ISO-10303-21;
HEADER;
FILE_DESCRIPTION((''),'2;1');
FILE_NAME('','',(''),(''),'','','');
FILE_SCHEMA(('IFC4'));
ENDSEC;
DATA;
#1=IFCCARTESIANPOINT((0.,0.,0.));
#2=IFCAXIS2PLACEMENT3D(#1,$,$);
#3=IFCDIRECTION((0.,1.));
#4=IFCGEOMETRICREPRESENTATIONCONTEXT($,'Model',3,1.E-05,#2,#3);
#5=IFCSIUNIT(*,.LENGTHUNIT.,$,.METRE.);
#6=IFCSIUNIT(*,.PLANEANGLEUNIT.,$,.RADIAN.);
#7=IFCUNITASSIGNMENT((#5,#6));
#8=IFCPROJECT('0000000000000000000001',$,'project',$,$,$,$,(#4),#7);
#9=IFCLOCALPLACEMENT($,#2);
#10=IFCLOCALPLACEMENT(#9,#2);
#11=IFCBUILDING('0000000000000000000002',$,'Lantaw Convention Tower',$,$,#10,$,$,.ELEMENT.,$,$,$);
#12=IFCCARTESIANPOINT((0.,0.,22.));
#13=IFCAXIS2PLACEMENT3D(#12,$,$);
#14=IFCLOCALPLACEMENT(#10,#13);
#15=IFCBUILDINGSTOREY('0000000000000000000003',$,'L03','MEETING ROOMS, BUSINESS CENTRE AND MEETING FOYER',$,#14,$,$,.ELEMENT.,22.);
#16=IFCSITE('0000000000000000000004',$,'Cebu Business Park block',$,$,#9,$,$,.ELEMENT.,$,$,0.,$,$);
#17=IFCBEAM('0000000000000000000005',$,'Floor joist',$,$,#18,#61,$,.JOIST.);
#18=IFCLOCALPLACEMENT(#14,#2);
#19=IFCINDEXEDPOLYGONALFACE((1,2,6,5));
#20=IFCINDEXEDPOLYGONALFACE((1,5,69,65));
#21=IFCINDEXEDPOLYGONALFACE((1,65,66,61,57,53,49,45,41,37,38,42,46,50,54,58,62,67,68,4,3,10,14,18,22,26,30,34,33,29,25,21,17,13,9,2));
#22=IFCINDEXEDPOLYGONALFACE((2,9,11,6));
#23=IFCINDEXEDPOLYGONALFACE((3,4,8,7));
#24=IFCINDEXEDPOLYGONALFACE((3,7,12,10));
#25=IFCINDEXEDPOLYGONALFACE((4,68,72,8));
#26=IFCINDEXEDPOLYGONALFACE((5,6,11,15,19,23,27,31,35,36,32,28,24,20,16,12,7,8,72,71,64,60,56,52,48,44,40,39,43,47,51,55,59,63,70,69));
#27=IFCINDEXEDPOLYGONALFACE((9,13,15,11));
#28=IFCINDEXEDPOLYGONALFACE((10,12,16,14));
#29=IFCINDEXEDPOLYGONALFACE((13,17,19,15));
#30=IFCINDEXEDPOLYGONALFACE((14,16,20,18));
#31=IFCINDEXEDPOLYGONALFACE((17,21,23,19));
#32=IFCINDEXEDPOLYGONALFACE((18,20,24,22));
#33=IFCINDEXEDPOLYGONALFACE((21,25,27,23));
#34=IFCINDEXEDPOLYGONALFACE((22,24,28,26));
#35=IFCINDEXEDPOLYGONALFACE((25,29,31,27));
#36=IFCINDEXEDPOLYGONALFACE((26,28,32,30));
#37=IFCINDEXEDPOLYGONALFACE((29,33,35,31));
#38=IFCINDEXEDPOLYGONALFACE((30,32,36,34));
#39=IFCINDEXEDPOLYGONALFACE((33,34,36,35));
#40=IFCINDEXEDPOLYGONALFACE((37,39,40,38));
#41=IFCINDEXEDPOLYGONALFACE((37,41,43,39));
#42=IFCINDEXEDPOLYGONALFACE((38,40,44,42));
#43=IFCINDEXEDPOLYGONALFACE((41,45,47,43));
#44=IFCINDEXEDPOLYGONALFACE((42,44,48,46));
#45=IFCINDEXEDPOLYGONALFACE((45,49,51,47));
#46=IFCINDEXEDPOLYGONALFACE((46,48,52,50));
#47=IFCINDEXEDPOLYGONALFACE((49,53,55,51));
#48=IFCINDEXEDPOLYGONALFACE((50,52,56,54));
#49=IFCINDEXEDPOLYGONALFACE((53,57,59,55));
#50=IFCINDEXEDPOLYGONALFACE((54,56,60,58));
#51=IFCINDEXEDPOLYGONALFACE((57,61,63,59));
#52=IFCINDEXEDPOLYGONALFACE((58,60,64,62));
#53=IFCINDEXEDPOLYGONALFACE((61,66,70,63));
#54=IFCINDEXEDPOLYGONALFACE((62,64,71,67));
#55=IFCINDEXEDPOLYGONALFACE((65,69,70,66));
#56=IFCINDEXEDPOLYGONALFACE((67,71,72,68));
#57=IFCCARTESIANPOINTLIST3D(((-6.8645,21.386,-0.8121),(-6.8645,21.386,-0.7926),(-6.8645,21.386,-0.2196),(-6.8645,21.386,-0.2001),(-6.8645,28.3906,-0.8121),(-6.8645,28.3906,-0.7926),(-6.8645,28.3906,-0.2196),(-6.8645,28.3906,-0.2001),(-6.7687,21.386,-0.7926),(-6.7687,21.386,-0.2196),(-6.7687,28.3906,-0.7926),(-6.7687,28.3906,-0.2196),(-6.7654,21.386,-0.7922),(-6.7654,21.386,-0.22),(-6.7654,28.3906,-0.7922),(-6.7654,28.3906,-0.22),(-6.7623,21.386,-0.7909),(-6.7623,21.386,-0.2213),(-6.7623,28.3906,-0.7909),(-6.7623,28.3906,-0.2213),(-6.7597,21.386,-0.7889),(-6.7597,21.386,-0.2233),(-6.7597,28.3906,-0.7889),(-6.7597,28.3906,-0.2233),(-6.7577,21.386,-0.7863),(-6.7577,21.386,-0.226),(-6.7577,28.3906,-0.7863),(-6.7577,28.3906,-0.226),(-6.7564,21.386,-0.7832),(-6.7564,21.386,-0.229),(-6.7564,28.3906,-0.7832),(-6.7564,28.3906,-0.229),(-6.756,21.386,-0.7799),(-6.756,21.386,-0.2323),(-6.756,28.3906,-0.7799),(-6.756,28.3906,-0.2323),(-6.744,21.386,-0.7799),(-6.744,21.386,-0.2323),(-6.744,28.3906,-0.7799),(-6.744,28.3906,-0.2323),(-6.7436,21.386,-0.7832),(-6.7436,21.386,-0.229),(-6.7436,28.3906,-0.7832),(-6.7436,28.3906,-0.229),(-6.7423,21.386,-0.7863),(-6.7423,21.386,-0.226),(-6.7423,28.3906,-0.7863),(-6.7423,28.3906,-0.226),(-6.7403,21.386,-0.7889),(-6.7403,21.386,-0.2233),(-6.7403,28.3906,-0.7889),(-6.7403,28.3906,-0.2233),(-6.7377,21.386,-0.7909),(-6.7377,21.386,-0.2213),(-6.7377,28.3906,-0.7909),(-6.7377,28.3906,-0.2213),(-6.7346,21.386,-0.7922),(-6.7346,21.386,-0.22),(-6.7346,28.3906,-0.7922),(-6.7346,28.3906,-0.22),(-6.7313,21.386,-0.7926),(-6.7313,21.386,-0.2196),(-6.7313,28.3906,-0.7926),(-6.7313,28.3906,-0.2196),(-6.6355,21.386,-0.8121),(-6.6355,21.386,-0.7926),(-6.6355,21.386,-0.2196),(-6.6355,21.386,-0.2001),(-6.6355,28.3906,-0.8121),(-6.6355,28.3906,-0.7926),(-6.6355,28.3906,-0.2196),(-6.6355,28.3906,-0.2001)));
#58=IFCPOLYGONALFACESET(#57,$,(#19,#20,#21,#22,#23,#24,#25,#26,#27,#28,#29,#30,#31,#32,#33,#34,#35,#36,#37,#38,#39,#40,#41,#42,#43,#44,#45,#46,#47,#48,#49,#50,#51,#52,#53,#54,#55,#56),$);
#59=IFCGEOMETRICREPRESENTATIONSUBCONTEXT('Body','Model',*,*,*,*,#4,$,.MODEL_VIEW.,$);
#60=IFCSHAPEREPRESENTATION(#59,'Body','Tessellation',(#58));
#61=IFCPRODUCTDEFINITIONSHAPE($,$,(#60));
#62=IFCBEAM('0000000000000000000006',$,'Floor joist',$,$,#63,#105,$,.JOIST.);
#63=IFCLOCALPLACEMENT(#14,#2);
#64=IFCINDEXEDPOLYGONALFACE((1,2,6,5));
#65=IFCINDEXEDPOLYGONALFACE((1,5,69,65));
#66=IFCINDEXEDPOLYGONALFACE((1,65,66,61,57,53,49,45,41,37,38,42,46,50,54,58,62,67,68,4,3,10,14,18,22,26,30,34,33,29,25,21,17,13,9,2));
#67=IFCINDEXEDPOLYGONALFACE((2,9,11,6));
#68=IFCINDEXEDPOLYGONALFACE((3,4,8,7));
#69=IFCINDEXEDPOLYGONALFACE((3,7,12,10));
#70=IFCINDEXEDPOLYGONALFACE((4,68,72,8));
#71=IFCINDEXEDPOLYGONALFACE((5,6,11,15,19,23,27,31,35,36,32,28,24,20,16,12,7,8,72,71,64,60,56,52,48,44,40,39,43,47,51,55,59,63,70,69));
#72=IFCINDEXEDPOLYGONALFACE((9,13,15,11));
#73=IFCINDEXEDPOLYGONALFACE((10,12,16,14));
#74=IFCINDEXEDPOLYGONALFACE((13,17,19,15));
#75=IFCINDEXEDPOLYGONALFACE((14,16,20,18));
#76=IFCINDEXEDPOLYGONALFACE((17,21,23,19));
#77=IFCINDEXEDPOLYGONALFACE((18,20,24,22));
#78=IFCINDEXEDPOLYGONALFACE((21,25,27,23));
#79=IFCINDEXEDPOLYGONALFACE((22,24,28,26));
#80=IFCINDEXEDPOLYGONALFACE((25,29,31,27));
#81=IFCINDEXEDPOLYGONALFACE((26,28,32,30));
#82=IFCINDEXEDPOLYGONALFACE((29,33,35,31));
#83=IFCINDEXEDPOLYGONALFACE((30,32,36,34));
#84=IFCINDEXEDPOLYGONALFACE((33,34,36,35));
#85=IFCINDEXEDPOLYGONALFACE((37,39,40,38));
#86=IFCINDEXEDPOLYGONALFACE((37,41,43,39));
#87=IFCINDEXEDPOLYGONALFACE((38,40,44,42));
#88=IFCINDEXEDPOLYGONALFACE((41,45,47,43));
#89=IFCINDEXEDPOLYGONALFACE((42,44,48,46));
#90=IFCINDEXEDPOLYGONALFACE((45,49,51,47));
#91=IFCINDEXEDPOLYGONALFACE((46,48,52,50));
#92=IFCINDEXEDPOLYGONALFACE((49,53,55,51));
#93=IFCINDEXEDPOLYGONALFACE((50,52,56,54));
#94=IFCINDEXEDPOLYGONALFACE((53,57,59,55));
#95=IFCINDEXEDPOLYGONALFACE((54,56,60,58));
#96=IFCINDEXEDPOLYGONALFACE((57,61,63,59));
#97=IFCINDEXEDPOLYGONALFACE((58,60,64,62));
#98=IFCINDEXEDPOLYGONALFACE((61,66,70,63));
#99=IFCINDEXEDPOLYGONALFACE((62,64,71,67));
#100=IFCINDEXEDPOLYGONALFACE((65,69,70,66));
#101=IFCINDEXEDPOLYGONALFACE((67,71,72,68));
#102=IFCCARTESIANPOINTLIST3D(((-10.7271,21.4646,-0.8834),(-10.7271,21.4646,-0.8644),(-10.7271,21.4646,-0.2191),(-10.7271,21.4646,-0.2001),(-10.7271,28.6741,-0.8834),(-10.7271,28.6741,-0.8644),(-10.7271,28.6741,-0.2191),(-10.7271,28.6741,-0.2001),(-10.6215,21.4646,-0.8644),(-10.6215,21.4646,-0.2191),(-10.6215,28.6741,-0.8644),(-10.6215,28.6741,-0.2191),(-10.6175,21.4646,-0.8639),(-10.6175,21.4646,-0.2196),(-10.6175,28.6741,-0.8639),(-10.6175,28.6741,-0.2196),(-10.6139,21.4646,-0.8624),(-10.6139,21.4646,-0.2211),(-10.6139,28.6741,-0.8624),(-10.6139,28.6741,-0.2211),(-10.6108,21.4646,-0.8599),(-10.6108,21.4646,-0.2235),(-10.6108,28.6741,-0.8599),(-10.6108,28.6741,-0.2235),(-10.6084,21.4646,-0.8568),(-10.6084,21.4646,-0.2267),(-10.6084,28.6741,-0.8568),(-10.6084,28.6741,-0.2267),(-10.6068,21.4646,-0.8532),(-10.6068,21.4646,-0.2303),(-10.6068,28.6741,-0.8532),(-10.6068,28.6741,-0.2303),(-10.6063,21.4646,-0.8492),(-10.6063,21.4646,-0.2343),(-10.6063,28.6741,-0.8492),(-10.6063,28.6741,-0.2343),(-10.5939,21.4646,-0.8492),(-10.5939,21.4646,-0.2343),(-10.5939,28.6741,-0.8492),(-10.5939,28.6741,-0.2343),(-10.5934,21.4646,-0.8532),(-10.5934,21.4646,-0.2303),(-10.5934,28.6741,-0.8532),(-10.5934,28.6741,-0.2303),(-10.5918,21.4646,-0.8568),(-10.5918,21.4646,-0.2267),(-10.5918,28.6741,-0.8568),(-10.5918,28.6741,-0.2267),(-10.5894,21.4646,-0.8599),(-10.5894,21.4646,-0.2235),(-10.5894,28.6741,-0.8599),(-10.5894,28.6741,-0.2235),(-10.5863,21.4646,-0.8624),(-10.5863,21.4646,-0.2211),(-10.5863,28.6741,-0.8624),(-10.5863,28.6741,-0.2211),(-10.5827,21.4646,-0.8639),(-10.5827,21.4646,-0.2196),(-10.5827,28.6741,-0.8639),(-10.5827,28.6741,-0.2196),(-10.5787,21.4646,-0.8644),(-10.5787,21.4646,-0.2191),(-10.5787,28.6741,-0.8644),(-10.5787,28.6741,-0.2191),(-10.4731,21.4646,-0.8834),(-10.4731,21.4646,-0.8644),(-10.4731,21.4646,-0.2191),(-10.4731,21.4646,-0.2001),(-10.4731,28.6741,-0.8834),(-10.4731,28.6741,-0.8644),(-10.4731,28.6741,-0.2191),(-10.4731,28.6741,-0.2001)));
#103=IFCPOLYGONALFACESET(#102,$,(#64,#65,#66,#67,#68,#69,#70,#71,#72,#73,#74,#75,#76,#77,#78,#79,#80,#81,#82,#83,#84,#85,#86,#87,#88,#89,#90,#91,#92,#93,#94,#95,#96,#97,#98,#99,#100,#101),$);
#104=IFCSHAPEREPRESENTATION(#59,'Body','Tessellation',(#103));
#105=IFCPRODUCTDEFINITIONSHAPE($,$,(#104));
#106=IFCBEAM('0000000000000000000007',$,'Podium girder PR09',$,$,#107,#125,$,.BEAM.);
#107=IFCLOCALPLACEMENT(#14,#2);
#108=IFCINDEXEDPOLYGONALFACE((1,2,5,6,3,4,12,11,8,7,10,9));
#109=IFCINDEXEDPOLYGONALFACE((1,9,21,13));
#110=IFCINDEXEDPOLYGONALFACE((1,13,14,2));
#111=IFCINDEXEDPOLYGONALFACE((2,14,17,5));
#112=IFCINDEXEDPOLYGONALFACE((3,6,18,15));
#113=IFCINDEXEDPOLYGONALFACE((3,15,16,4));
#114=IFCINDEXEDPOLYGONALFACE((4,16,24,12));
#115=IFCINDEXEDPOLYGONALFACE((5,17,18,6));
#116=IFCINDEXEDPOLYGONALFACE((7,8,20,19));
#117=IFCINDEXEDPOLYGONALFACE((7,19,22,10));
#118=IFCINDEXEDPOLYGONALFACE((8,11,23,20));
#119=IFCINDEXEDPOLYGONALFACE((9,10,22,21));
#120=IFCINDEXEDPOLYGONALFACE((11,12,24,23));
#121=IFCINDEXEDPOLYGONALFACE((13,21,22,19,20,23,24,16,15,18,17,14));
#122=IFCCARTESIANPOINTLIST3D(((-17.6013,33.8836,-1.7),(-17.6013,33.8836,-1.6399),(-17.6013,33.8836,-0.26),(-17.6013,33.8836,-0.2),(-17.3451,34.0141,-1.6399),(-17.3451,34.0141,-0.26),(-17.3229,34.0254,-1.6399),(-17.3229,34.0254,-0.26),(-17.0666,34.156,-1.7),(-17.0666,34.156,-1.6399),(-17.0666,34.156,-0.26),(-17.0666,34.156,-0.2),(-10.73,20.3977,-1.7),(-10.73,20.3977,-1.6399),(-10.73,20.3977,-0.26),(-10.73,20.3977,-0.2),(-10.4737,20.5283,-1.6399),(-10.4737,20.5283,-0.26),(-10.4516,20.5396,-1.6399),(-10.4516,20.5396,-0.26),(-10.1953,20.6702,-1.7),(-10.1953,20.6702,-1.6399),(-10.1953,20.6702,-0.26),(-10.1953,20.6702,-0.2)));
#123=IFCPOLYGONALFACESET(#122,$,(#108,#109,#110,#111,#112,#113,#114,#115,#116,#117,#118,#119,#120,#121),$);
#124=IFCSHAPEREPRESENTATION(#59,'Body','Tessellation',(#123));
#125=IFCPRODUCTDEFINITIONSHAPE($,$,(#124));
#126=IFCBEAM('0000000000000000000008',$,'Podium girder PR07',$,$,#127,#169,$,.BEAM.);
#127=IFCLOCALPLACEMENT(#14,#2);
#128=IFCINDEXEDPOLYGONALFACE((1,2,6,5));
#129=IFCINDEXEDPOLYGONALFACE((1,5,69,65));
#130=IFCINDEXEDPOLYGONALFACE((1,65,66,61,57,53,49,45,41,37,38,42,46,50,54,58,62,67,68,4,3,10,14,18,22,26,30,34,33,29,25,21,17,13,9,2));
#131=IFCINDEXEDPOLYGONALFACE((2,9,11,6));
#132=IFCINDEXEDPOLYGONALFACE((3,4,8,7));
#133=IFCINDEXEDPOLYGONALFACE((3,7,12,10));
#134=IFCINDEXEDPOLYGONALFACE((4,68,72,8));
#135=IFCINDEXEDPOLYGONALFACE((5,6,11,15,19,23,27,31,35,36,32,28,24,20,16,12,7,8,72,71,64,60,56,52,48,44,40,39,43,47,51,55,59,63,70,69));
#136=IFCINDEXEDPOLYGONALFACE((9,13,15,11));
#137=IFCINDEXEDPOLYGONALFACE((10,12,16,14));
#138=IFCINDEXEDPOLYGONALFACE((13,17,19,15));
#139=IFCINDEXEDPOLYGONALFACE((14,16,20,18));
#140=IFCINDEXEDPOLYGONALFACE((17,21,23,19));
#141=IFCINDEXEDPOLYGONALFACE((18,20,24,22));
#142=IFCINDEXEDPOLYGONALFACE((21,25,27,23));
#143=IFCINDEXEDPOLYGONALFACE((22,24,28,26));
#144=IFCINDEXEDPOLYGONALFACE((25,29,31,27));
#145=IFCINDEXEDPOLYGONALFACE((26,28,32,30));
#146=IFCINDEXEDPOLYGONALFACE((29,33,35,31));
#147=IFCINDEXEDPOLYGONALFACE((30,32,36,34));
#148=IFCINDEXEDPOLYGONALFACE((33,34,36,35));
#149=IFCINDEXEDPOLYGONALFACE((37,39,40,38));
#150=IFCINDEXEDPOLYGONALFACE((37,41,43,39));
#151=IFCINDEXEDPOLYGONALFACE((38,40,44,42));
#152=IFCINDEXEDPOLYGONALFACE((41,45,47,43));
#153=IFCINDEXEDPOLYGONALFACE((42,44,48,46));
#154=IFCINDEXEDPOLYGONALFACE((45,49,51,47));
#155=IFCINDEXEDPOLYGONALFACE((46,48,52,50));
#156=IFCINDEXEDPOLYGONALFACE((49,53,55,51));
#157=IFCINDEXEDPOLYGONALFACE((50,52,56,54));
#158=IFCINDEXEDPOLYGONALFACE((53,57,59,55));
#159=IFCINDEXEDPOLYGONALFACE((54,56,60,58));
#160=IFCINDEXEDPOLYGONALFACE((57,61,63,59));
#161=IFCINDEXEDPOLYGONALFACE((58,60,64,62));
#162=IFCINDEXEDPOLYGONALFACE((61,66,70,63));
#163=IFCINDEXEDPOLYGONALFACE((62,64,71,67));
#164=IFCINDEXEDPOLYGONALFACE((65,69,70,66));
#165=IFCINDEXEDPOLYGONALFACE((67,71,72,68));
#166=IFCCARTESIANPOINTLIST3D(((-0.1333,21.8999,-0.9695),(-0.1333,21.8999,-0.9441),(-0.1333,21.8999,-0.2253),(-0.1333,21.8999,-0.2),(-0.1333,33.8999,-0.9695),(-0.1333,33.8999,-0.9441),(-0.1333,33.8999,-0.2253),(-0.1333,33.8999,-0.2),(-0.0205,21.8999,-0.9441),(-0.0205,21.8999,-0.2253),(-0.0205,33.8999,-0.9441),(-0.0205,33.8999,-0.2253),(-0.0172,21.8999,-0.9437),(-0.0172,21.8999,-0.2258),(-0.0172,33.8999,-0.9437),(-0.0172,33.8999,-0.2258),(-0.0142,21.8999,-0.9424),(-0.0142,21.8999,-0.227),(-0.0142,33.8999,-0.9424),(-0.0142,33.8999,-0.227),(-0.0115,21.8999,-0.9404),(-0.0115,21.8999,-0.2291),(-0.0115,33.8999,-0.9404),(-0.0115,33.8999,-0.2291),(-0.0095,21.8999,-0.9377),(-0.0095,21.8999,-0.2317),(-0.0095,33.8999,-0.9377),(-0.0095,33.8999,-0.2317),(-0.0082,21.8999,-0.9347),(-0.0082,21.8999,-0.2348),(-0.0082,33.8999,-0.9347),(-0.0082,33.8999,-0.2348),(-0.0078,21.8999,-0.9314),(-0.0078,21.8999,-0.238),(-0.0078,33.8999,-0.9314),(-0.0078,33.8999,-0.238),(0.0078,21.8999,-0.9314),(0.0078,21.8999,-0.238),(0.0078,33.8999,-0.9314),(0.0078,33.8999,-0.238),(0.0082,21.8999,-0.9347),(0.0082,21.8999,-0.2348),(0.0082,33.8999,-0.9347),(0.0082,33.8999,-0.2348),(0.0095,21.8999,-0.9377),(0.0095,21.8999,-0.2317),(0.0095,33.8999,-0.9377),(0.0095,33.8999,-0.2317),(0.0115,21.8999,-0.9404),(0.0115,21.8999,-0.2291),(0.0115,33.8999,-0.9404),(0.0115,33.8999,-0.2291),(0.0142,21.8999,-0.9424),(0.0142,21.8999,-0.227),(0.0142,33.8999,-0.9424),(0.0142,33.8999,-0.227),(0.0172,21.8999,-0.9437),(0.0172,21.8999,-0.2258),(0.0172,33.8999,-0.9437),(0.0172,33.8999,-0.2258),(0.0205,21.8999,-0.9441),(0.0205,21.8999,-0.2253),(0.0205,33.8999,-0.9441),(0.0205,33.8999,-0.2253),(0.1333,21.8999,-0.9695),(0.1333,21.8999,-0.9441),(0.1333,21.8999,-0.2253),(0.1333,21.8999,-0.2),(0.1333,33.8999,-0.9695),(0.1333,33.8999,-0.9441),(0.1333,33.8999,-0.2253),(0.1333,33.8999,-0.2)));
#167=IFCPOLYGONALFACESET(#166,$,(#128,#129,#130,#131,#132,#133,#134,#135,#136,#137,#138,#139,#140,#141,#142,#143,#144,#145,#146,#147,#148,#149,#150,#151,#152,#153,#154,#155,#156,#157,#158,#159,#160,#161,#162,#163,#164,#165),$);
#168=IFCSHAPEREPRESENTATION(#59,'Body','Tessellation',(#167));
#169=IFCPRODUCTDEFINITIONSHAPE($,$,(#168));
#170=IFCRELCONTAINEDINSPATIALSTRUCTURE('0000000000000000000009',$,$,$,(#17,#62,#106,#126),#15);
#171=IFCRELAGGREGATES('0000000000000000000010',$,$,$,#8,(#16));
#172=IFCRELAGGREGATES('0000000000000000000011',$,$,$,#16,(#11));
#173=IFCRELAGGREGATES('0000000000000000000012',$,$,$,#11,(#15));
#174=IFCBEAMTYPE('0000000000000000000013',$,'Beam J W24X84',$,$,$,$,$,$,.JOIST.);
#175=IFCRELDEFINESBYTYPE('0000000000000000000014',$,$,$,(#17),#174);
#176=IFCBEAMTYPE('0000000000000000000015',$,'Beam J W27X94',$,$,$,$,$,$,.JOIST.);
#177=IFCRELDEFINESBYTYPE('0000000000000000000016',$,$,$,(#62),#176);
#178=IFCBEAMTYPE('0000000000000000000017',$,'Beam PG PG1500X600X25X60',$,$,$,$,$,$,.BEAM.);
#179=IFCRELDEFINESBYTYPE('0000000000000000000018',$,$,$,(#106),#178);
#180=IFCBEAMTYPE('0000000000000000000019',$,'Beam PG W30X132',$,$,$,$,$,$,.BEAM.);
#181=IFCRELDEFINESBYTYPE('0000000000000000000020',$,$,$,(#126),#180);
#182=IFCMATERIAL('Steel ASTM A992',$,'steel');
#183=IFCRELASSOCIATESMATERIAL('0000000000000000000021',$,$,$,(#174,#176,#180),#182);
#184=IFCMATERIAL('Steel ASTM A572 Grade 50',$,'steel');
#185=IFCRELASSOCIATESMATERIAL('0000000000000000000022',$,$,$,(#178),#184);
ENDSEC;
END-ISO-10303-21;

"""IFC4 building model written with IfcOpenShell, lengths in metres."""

from ifc_helpers import new_model, si_unit, direction, frame, origin, origin_2d, place, context, subcontext, project, spatial, i_section, extrude, material, material_profile, profile_set, type_object, element, save


model = new_model("IFC4")

# Units and contexts
model_context = context("Model", 3, precision=1e-05, world=origin(), true_north=direction((0.0, 1.0)))
body_context = subcontext(model_context, "Body", "Model", "MODEL_VIEW")
ifc_project = project(units=[si_unit("LENGTHUNIT", "METRE"), si_unit("PLANEANGLEUNIT", "RADIAN")], contexts=[model_context])

# Site, building, storey
site_placement = place(None, origin())
site = spatial("IfcSite", under=ifc_project, at=site_placement, Name="Cebu Business Park block", CompositionType="ELEMENT", RefElevation=0.0)
building_placement = place(site_placement, origin())
building = spatial("IfcBuilding", under=site, at=building_placement, Name="Lantaw Convention Tower", CompositionType="ELEMENT")
storey_placement = place(building_placement, frame((0.0, 0.0, 22.0)))
storey = spatial("IfcBuildingStorey", under=building, at=storey_placement, Name="L03", Description="MEETING ROOMS, BUSINESS CENTRE AND MEETING FOYER", CompositionType="ELEMENT", Elevation=22.0)

# Shared definitions
ifc_material_1 = material(Name="Steel ASTM A572 Grade 50", Category="steel")

# Beams
ifc_material_2 = material(Name="Steel ASTM A992", Category="steel")
ifc_material_profile_1 = material_profile(ifc_material_2, i_section(OverallWidth=0.229, OverallDepth=0.6121, WebThickness=0.012, FlangeThickness=0.0195, FilletRadius=0.0127, at=origin_2d()), Name="W24X84")
ifc_profile_set_1 = profile_set([ifc_material_profile_1], Name="Steel ASTM A992")
beam_type_1 = type_object("IfcBeamType", Name="Beam J W24X84", PredefinedType="JOIST", material=ifc_profile_set_1)
beam_1_placement = place(storey_placement, frame((-6.75, 21.386, -0.5061), z_axis=(0.0, 1.0, 0.0), x_axis=(-1.0, 0.0, 0.0)))
element("IfcBeam", 1, at=beam_1_placement, inside=storey, type_object=beam_type_1, Name="Floor joist", PredefinedType="JOIST", context=body_context, shape_type="SweptSolid", body=[
    extrude(i_section(OverallWidth=0.229, OverallDepth=0.6121, WebThickness=0.012, FlangeThickness=0.0195, FilletRadius=0.0127, at=origin_2d()), origin(), (0.0, 0.0, 1.0), 7.0046),
])
ifc_material_profile_2 = material_profile(ifc_material_2, i_section(OverallWidth=0.2539, OverallDepth=0.6833, WebThickness=0.0125, FlangeThickness=0.019, FilletRadius=0.0151, at=origin_2d()), Name="W27X94")
ifc_profile_set_2 = profile_set([ifc_material_profile_2], Name="Steel ASTM A992")
beam_type_2 = type_object("IfcBeamType", Name="Beam J W27X94", PredefinedType="JOIST", material=ifc_profile_set_2)
beam_2_placement = place(storey_placement, frame((-10.6001, 21.4646, -0.5417), z_axis=(0.0, 1.0, 0.0), x_axis=(-1.0, 0.0, 0.0)))
element("IfcBeam", 2, at=beam_2_placement, inside=storey, type_object=beam_type_2, Name="Floor joist", PredefinedType="JOIST", context=body_context, shape_type="SweptSolid", body=[
    extrude(i_section(OverallWidth=0.2539, OverallDepth=0.6833, WebThickness=0.0125, FlangeThickness=0.019, FilletRadius=0.0151, at=origin_2d()), origin(), (0.0, 0.0, 1.0), 7.2095),
])
ifc_material_profile_3 = material_profile(ifc_material_1, i_section(OverallWidth=0.6001, OverallDepth=1.5, WebThickness=0.0249, FlangeThickness=0.0601, at=origin_2d()), Name="PG1500X600X25X60")
ifc_profile_set_3 = profile_set([ifc_material_profile_3], Name="Steel ASTM A572 Grade 50")
beam_type_3 = type_object("IfcBeamType", Name="Beam PG PG1500X600X25X60", PredefinedType="BEAM", material=ifc_profile_set_3)
beam_3_placement = place(storey_placement, frame((-10.4626, 20.5339, -0.95), z_axis=(-0.453988, 0.891008, 0.0), x_axis=(-0.891008, -0.453988, 0.0)))
element("IfcBeam", 3, at=beam_3_placement, inside=storey, type_object=beam_type_3, Name="Podium girder PR09", PredefinedType="BEAM", context=body_context, shape_type="SweptSolid", body=[
    extrude(i_section(OverallWidth=0.6001, OverallDepth=1.5, WebThickness=0.0249, FlangeThickness=0.0601, at=origin_2d()), origin(), (0.0, 0.0, 1.0), 15.1355),
])
ifc_material_profile_4 = material_profile(ifc_material_2, i_section(OverallWidth=0.2666, OverallDepth=0.7695, WebThickness=0.0156, FlangeThickness=0.0254, FilletRadius=0.0127, at=origin_2d()), Name="W30X132")
ifc_profile_set_4 = profile_set([ifc_material_profile_4], Name="Steel ASTM A992")
beam_type_4 = type_object("IfcBeamType", Name="Beam PG W30X132", PredefinedType="BEAM", material=ifc_profile_set_4)
beam_4_placement = place(storey_placement, frame((0.0, 21.8999, -0.5847), z_axis=(0.0, 1.0, 0.0), x_axis=(-1.0, 0.0, 0.0)))
element("IfcBeam", 4, at=beam_4_placement, inside=storey, type_object=beam_type_4, Name="Podium girder PR07", PredefinedType="BEAM", context=body_context, shape_type="SweptSolid", body=[
    extrude(i_section(OverallWidth=0.2666, OverallDepth=0.7695, WebThickness=0.0156, FlangeThickness=0.0254, FilletRadius=0.0127, at=origin_2d()), origin(), (0.0, 0.0, 1.0), 12.0),
])

save(model, "model.ifc")
